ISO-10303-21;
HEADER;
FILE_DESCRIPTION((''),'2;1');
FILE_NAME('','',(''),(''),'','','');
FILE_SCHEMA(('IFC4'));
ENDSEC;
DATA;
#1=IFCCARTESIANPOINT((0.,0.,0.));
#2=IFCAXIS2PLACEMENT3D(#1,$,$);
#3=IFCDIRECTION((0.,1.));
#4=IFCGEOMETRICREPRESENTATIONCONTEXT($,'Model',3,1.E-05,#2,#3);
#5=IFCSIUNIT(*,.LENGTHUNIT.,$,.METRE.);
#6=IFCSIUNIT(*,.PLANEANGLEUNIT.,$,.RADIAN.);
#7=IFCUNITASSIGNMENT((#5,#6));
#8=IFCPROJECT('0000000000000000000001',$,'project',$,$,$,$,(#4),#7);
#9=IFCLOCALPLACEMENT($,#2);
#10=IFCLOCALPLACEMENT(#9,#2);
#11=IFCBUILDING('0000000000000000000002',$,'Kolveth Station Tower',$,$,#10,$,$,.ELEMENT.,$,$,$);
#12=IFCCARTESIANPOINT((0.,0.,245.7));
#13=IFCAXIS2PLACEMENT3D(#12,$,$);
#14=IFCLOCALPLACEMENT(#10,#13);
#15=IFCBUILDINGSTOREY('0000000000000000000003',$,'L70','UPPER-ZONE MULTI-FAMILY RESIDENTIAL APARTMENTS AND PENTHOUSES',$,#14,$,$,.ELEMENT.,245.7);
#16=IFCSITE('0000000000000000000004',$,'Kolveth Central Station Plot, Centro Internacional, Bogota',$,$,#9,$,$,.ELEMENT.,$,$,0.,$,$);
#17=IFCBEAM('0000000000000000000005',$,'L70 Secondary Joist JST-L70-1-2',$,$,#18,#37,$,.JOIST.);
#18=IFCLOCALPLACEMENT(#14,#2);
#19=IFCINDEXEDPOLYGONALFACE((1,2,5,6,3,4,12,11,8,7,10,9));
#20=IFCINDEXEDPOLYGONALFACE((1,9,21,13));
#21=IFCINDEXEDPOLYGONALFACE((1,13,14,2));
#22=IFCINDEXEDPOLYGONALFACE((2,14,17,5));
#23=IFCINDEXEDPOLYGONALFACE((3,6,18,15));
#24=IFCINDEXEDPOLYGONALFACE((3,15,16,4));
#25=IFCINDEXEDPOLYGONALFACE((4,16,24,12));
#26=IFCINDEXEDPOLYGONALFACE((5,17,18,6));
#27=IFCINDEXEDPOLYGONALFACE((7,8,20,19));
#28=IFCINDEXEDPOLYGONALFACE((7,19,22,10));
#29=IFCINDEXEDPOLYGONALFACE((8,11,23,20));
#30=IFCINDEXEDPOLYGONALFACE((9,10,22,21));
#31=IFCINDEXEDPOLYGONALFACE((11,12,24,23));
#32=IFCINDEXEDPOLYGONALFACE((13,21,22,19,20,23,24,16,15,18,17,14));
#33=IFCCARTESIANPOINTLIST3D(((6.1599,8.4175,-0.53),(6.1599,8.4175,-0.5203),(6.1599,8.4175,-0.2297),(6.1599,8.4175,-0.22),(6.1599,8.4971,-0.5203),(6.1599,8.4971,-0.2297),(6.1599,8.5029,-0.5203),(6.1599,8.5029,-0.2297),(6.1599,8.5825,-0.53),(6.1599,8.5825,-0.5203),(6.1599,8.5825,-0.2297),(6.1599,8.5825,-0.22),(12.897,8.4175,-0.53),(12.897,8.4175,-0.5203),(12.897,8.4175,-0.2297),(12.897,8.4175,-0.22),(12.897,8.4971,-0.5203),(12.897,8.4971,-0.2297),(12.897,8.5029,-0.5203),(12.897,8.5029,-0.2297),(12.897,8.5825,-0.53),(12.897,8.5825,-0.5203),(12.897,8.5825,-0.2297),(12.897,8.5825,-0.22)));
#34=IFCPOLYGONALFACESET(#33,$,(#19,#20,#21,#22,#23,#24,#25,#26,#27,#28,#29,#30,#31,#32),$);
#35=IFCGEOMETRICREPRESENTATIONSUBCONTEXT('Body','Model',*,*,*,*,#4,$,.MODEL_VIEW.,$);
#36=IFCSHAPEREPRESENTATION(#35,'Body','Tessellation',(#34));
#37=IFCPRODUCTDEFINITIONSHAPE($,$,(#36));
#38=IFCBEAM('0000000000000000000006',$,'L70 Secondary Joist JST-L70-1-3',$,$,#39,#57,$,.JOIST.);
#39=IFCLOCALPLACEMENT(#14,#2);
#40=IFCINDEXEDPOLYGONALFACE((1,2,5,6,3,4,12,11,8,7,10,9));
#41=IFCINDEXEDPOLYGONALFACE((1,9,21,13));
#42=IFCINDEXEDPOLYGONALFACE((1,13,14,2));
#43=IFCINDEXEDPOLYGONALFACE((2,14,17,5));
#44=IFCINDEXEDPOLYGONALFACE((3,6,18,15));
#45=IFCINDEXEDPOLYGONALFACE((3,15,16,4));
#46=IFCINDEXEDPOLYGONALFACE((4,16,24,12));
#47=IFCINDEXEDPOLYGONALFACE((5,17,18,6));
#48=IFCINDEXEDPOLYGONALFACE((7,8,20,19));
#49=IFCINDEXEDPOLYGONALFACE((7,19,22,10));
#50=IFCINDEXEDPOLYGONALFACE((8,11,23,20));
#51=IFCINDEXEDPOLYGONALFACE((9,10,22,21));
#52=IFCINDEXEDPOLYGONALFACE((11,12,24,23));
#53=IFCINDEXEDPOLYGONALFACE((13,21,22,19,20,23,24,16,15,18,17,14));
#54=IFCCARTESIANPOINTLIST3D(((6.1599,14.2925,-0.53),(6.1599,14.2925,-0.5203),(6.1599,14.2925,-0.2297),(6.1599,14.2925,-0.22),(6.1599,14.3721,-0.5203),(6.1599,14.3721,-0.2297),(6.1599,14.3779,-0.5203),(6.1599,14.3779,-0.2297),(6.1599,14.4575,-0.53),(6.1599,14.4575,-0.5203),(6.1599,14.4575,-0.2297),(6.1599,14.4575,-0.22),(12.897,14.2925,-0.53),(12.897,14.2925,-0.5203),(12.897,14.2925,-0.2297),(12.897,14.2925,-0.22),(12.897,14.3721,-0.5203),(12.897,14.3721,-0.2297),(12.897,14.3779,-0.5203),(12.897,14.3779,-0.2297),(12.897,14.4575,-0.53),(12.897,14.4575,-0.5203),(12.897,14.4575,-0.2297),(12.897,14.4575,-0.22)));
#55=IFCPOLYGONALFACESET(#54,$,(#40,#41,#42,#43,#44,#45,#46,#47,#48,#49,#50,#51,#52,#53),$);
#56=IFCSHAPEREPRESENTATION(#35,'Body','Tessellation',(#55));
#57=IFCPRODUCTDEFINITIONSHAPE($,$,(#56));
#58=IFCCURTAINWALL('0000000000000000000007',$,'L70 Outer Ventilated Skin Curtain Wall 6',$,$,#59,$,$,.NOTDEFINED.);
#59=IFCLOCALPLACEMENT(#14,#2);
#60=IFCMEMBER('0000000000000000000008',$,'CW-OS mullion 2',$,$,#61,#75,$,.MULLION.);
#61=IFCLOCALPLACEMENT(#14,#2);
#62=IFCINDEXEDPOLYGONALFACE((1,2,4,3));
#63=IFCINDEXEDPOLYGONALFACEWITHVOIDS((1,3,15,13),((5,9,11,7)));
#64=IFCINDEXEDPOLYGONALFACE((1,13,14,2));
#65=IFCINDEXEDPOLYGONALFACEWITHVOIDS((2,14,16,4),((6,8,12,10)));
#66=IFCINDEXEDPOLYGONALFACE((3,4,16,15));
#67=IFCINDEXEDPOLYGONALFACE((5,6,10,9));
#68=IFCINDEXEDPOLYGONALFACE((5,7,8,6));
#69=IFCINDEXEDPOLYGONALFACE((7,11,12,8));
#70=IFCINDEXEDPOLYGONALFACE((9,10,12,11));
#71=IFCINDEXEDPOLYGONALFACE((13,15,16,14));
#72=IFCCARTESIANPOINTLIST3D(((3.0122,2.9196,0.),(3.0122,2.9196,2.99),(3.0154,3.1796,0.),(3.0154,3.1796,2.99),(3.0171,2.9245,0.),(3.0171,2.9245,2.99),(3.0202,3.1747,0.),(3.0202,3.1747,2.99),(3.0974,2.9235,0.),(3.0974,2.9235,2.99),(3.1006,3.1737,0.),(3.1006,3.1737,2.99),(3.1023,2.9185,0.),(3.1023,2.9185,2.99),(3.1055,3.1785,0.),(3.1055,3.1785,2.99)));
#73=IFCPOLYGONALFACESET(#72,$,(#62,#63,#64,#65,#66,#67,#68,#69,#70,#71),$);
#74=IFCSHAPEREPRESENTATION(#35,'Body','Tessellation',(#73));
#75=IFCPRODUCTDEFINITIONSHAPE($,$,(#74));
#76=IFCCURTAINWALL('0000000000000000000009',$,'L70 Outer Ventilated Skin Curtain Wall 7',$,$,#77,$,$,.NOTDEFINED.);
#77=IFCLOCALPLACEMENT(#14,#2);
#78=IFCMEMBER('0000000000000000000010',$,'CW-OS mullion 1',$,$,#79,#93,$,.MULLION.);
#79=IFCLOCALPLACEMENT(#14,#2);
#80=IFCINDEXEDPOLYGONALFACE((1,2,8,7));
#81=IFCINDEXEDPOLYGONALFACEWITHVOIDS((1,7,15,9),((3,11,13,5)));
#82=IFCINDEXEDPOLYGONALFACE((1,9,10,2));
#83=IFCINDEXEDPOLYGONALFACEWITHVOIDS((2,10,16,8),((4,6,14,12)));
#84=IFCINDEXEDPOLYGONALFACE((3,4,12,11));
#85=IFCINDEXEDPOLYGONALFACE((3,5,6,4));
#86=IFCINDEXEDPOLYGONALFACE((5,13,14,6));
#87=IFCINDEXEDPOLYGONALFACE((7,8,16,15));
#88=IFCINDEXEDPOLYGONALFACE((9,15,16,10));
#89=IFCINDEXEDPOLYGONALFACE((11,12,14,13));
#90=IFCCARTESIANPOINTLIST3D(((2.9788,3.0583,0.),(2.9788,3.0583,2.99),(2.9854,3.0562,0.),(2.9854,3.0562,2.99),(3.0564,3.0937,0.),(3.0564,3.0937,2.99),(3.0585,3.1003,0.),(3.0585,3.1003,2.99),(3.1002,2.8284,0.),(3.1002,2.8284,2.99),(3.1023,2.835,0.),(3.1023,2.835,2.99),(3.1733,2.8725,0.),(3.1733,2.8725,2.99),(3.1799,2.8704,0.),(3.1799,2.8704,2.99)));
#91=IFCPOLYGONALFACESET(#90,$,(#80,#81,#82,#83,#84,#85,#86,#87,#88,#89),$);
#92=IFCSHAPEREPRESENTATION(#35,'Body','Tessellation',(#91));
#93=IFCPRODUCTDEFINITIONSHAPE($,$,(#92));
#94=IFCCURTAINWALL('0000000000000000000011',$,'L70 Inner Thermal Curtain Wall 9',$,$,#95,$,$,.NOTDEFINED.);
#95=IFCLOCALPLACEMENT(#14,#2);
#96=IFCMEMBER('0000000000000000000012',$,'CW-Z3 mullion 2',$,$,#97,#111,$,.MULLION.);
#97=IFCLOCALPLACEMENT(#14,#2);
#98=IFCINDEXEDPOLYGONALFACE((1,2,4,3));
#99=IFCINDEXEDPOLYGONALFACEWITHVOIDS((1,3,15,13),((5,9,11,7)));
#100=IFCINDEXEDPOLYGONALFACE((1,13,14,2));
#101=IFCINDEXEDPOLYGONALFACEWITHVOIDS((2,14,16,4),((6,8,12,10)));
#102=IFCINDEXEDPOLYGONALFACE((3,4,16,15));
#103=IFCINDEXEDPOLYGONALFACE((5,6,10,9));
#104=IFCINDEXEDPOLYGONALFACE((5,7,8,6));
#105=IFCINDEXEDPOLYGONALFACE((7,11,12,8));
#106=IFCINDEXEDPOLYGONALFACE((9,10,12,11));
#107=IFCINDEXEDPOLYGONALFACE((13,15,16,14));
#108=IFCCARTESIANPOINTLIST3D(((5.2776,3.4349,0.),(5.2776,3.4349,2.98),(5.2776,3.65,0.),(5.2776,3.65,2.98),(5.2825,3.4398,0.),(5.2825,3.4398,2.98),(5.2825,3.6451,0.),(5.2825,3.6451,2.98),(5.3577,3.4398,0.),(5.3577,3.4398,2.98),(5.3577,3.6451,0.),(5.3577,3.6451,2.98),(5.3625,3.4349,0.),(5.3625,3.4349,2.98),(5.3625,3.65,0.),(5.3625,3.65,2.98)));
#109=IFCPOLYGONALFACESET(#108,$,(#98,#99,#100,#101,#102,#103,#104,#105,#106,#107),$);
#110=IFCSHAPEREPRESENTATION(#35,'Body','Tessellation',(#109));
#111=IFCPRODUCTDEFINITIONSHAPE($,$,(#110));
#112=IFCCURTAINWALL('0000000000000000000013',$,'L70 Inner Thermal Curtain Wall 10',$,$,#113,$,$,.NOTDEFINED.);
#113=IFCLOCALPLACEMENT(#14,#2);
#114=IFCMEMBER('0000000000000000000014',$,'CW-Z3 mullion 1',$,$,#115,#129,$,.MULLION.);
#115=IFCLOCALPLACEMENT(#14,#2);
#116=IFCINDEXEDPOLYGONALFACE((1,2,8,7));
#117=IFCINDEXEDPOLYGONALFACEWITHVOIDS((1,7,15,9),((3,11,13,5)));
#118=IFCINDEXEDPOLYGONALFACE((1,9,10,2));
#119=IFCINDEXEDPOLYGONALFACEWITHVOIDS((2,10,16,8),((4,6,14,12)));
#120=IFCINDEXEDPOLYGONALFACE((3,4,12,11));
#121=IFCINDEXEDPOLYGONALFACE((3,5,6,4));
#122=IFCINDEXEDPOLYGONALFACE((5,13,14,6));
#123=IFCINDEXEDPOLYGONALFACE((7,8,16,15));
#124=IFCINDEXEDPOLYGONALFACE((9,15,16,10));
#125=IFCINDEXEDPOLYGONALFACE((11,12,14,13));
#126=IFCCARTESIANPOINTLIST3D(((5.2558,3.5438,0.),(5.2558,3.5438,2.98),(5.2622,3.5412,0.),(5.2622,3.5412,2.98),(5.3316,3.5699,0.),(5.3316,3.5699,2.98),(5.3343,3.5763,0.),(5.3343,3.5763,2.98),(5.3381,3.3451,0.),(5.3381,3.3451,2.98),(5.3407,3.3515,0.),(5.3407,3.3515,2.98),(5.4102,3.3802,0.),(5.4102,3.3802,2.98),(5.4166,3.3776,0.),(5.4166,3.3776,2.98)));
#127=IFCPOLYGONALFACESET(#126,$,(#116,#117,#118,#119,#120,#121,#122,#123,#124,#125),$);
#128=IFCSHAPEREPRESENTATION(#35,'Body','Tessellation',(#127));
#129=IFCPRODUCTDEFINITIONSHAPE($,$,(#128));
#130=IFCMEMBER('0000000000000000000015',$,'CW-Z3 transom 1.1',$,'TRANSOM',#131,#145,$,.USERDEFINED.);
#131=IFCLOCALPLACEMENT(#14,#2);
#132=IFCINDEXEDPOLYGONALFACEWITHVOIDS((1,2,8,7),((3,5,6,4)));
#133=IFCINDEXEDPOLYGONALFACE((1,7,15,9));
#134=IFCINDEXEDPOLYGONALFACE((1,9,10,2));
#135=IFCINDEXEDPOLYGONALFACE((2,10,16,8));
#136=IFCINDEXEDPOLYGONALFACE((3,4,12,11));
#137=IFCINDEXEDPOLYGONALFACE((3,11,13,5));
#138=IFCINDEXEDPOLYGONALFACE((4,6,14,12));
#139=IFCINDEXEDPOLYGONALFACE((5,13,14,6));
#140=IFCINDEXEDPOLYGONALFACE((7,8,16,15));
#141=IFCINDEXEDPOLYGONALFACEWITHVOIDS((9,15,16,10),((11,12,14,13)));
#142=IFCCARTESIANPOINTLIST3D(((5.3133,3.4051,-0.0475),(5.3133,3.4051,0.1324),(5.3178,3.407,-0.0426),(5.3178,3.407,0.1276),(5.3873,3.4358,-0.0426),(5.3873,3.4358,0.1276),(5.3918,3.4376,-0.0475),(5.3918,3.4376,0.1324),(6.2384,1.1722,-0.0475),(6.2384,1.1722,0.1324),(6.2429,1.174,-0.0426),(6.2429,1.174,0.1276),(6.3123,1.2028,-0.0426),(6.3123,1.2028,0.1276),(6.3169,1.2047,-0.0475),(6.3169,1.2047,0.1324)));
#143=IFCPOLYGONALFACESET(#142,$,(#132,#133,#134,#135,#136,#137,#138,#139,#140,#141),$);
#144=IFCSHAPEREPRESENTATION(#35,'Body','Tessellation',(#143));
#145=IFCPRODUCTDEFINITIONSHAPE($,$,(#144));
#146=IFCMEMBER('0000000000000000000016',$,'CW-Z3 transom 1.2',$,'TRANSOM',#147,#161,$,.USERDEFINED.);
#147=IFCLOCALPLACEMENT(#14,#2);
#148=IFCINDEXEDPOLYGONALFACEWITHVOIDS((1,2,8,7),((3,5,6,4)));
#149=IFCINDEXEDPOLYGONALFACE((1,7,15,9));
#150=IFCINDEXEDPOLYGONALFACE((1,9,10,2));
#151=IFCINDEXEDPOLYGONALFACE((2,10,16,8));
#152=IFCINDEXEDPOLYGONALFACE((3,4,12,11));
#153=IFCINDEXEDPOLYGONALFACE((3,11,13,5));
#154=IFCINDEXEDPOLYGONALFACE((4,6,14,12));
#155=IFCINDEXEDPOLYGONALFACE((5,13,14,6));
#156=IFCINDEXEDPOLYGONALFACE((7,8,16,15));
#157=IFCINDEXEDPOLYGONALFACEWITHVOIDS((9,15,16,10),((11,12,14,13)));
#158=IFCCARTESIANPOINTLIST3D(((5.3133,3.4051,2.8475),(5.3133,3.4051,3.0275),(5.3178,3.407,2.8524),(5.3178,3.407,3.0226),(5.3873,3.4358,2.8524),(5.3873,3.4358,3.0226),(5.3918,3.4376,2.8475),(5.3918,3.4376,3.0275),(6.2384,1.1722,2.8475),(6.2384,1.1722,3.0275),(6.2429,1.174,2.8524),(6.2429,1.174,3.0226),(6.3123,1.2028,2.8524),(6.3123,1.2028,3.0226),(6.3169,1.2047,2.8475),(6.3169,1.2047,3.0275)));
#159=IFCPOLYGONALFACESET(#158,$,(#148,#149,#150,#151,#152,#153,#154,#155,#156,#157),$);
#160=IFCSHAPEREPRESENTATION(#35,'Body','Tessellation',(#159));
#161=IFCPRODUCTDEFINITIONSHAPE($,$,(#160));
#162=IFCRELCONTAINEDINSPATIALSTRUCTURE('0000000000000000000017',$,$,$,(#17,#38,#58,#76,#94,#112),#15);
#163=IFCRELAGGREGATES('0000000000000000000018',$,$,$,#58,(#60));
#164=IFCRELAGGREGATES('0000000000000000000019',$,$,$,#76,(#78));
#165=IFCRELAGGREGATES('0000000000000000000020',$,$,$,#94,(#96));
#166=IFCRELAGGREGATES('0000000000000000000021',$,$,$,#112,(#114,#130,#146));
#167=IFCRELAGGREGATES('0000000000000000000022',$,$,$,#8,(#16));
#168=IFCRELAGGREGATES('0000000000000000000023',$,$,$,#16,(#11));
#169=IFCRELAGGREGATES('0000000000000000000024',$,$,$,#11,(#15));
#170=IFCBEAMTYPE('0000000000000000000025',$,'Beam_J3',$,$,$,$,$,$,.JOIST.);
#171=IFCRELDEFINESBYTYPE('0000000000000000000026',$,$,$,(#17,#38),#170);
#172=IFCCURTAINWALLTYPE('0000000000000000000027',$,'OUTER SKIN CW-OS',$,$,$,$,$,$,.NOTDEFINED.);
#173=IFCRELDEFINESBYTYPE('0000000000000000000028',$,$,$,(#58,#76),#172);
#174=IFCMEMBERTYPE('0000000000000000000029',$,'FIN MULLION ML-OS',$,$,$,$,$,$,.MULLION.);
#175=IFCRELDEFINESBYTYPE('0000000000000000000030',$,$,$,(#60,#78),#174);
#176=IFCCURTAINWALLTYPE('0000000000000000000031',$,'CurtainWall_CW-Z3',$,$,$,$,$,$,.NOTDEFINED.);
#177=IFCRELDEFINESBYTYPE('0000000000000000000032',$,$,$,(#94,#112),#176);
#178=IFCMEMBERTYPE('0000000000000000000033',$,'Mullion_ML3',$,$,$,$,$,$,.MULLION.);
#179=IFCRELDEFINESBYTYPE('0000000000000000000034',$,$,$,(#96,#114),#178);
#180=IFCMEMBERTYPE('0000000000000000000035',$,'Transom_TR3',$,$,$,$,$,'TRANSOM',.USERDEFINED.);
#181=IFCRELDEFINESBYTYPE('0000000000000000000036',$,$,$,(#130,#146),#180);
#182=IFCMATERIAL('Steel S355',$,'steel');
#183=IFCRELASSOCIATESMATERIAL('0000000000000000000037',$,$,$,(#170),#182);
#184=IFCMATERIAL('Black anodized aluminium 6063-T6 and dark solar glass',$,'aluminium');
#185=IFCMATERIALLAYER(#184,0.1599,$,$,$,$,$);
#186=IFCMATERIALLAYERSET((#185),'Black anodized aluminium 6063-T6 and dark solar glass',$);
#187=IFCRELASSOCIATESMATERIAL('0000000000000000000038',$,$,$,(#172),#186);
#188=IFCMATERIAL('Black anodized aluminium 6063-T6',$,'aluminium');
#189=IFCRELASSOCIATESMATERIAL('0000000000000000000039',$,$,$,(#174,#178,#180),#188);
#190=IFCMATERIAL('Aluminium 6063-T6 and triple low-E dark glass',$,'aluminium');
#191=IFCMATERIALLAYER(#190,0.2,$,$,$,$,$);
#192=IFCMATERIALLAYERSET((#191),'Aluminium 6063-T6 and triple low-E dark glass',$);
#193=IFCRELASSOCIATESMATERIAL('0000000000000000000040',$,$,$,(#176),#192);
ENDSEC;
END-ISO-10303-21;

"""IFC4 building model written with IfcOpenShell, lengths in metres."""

from ifc_helpers import new_model, si_unit, direction, frame, origin, origin_2d, place, context, subcontext, project, spatial, hollow_rectangle, i_section, extrude, source, transform, mapped, material, layer, layer_set, material_profile, profile_set, type_object, element, aggregate, save


model = new_model("IFC4")

# Units and contexts
model_context = context("Model", 3, precision=1e-05, world=origin(), true_north=direction((0.0, 1.0)))
body_context = subcontext(model_context, "Body", "Model", "MODEL_VIEW")
ifc_project = project(units=[si_unit("LENGTHUNIT", "METRE"), si_unit("PLANEANGLEUNIT", "RADIAN")], contexts=[model_context])

# Site, building, storey
site_placement = place(None, origin())
site = spatial("IfcSite", under=ifc_project, at=site_placement, Name="Kolveth Central Station Plot, Centro Internacional, Bogota", CompositionType="ELEMENT", RefElevation=0.0)
building_placement = place(site_placement, origin())
building = spatial("IfcBuilding", under=site, at=building_placement, Name="Kolveth Station Tower", CompositionType="ELEMENT")
storey_placement = place(building_placement, frame((0.0, 0.0, 245.7)))
storey = spatial("IfcBuildingStorey", under=building, at=storey_placement, Name="L70", Description="UPPER-ZONE MULTI-FAMILY RESIDENTIAL APARTMENTS AND PENTHOUSES", CompositionType="ELEMENT", Elevation=245.7)

# Shared definitions
ifc_material_1 = material(Name="Steel S355", Category="steel")

# Beams
ifc_material_profile_1 = material_profile(ifc_material_1, i_section(OverallWidth=0.165, OverallDepth=0.3101, WebThickness=0.0059, FlangeThickness=0.0098, at=origin_2d()), Name="W310x39")
ifc_profile_set_1 = profile_set([ifc_material_profile_1], Name="Steel S355")
beam_type_1 = type_object("IfcBeamType", Name="Beam_J3", PredefinedType="JOIST", material=ifc_profile_set_1)
shared_shape_1 = source(origin(), body_context, "Body", "SweptSolid", [
    extrude(i_section(OverallWidth=0.165, OverallDepth=0.3101, WebThickness=0.0059, FlangeThickness=0.0098, at=origin_2d()), origin(), (0.0, 0.0, 1.0), 6.7371),
])
for number, where, z_axis, x_axis, name in (
    (1, (6.1599, 8.5, -0.375), (1.0, 0.0, 0.0), (0.0, 1.0, 0.0), "L70 Secondary Joist JST-L70-1-2"),
    (2, (6.1599, 14.375, -0.375), (1.0, 0.0, 0.0), (0.0, 1.0, 0.0), "L70 Secondary Joist JST-L70-1-3"),
):
    element("IfcBeam", number, at=place(storey_placement, frame(where, z_axis=z_axis, x_axis=x_axis)), inside=storey, type_object=beam_type_1, Name=name, PredefinedType="JOIST", context=body_context, shape_type="MappedRepresentation", body=[
        mapped(shared_shape_1, transform((0.0, 0.0, 0.0), x_axis=(1.0, 0.0, 0.0), y_axis=(0.0, 1.0, 0.0), z_axis=(0.0, 0.0, 1.0), scale=1.0)),
    ])

# Curtain walls, members
ifc_material_2 = material(Name="Black anodized aluminium 6063-T6 and dark solar glass", Category="aluminium")
ifc_layer_1 = layer(ifc_material_2, 0.1599)
ifc_layer_set_1 = layer_set([ifc_layer_1], Name="Black anodized aluminium 6063-T6 and dark solar glass")
curtain_wall_type_1 = type_object("IfcCurtainWallType", Name="OUTER SKIN CW-OS", PredefinedType="NOTDEFINED", material=ifc_layer_set_1)
curtain_wall_1_placement = place(storey_placement, origin())
curtain_wall_1 = element("IfcCurtainWall", 3, at=curtain_wall_1_placement, inside=storey, type_object=curtain_wall_type_1, Name="L70 Outer Ventilated Skin Curtain Wall 6", PredefinedType="NOTDEFINED")
ifc_material_3 = material(Name="Black anodized aluminium 6063-T6", Category="aluminium")
ifc_material_profile_2 = material_profile(ifc_material_3, hollow_rectangle(XDim=0.0901, YDim=0.26, WallThickness=0.0049, at=origin_2d()), Name="ALU-90x260x5")
ifc_profile_set_2 = profile_set([ifc_material_profile_2], Name="Black anodized aluminium 6063-T6")
member_type_1 = type_object("IfcMemberType", Name="FIN MULLION ML-OS", PredefinedType="MULLION", material=ifc_profile_set_2)
shared_shape_2 = source(origin(), body_context, "Body", "SweptSolid", [
    extrude(hollow_rectangle(XDim=0.0901, YDim=0.26, WallThickness=0.0049, at=origin_2d()), origin(), (0.0, 0.0, 1.0), 2.99),
])
member_1_placement = place(storey_placement, frame((3.0588, 3.0491, 0.0), z_axis=(0.0, 0.0, 1.0), x_axis=(0.999923, -0.012427, 0.0)))
member_1 = element("IfcMember", 4, at=member_1_placement, type_object=member_type_1, Name="CW-OS mullion 2", PredefinedType="MULLION", context=body_context, shape_type="MappedRepresentation", body=[
    mapped(shared_shape_2, transform((0.0, 0.0, 0.0), x_axis=(1.0, 0.0, 0.0), y_axis=(0.0, 1.0, 0.0), z_axis=(0.0, 0.0, 1.0), scale=1.0)),
])
aggregate(curtain_wall_1, [member_1])
curtain_wall_2_placement = place(storey_placement, origin())
curtain_wall_2 = element("IfcCurtainWall", 5, at=curtain_wall_2_placement, inside=storey, type_object=curtain_wall_type_1, Name="L70 Outer Ventilated Skin Curtain Wall 7", PredefinedType="NOTDEFINED")
member_2_placement = place(storey_placement, frame((3.0793, 2.9644, 0.0), z_axis=(0.0, 0.0, 1.0), x_axis=(0.88424, 0.467032, 0.0)))
member_2 = element("IfcMember", 6, at=member_2_placement, type_object=member_type_1, Name="CW-OS mullion 1", PredefinedType="MULLION", context=body_context, shape_type="MappedRepresentation", body=[
    mapped(shared_shape_2, transform((0.0, 0.0, 0.0), x_axis=(1.0, 0.0, 0.0), y_axis=(0.0, 1.0, 0.0), z_axis=(0.0, 0.0, 1.0), scale=1.0)),
])
aggregate(curtain_wall_2, [member_2])
ifc_material_4 = material(Name="Aluminium 6063-T6 and triple low-E dark glass", Category="aluminium")
ifc_layer_2 = layer(ifc_material_4, 0.2)
ifc_layer_set_2 = layer_set([ifc_layer_2], Name="Aluminium 6063-T6 and triple low-E dark glass")
curtain_wall_type_2 = type_object("IfcCurtainWallType", Name="CurtainWall_CW-Z3", PredefinedType="NOTDEFINED", material=ifc_layer_set_2)
curtain_wall_3_placement = place(storey_placement, origin())
curtain_wall_3 = element("IfcCurtainWall", 7, at=curtain_wall_3_placement, inside=storey, type_object=curtain_wall_type_2, Name="L70 Inner Thermal Curtain Wall 9", PredefinedType="NOTDEFINED")
ifc_material_profile_3 = material_profile(ifc_material_3, hollow_rectangle(XDim=0.085, YDim=0.2151, WallThickness=0.0049, at=origin_2d()), Name="ALU-85x215x5")
ifc_profile_set_3 = profile_set([ifc_material_profile_3], Name="Black anodized aluminium 6063-T6")
member_type_2 = type_object("IfcMemberType", Name="Mullion_ML3", PredefinedType="MULLION", material=ifc_profile_set_3)
shared_shape_3 = source(origin(), body_context, "Body", "SweptSolid", [
    extrude(hollow_rectangle(XDim=0.085, YDim=0.2151, WallThickness=0.0049, at=origin_2d()), origin(), (0.0, 0.0, 1.0), 2.98),
])
member_3_placement = place(storey_placement, frame((5.3201, 3.5425, 0.0), z_axis=(0.0, 0.0, 1.0), x_axis=(1.0, 0.0, 0.0)))
member_3 = element("IfcMember", 8, at=member_3_placement, type_object=member_type_2, Name="CW-Z3 mullion 2", PredefinedType="MULLION", context=body_context, shape_type="MappedRepresentation", body=[
    mapped(shared_shape_3, transform((0.0, 0.0, 0.0), x_axis=(1.0, 0.0, 0.0), y_axis=(0.0, 1.0, 0.0), z_axis=(0.0, 0.0, 1.0), scale=1.0)),
])
aggregate(curtain_wall_3, [member_3])

# Curtain wall, members
curtain_wall_4_placement = place(storey_placement, origin())
curtain_wall_4 = element("IfcCurtainWall", 9, at=curtain_wall_4_placement, inside=storey, type_object=curtain_wall_type_2, Name="L70 Inner Thermal Curtain Wall 10", PredefinedType="NOTDEFINED")
member_4_placement = place(storey_placement, frame((5.3362, 3.4607, 0.0), z_axis=(0.0, 0.0, 1.0), x_axis=(0.923875, 0.382693, 0.0)))
member_4 = element("IfcMember", 10, at=member_4_placement, type_object=member_type_2, Name="CW-Z3 mullion 1", PredefinedType="MULLION", context=body_context, shape_type="MappedRepresentation", body=[
    mapped(shared_shape_3, transform((0.0, 0.0, 0.0), x_axis=(1.0, 0.0, 0.0), y_axis=(0.0, 1.0, 0.0), z_axis=(0.0, 0.0, 1.0), scale=1.0)),
])
ifc_material_profile_4 = material_profile(ifc_material_3, hollow_rectangle(XDim=0.085, YDim=0.1799, WallThickness=0.0049, at=origin_2d()), Name="ALU-85x180x5")
ifc_profile_set_4 = profile_set([ifc_material_profile_4], Name="Black anodized aluminium 6063-T6")
member_type_3 = type_object("IfcMemberType", Name="Transom_TR3", ElementType="TRANSOM", PredefinedType="USERDEFINED", material=ifc_profile_set_4)
shared_shape_4 = source(origin(), body_context, "Body", "SweptSolid", [
    extrude(hollow_rectangle(XDim=0.085, YDim=0.1799, WallThickness=0.0049, at=origin_2d()), origin(), (0.0, 0.0, 1.0), 2.417),
])
member_5_placement = place(storey_placement, frame((5.3525, 3.4214, 0.0425), z_axis=(0.382735, -0.923858, 0.0), x_axis=(0.923858, 0.382735, 0.0)))
member_5 = element("IfcMember", 11, at=member_5_placement, type_object=member_type_3, Name="CW-Z3 transom 1.1", ObjectType="TRANSOM", PredefinedType="USERDEFINED", context=body_context, shape_type="MappedRepresentation", body=[
    mapped(shared_shape_4, transform((0.0, 0.0, 0.0), x_axis=(1.0, 0.0, 0.0), y_axis=(0.0, 1.0, 0.0), z_axis=(0.0, 0.0, 1.0), scale=1.0)),
])
member_6_placement = place(storey_placement, frame((5.3525, 3.4214, 2.9375), z_axis=(0.382735, -0.923858, 0.0), x_axis=(0.923858, 0.382735, 0.0)))
member_6 = element("IfcMember", 12, at=member_6_placement, type_object=member_type_3, Name="CW-Z3 transom 1.2", ObjectType="TRANSOM", PredefinedType="USERDEFINED", context=body_context, shape_type="MappedRepresentation", body=[
    mapped(shared_shape_4, transform((0.0, 0.0, 0.0), x_axis=(1.0, 0.0, 0.0), y_axis=(0.0, 1.0, 0.0), z_axis=(0.0, 0.0, 1.0), scale=1.0)),
])
aggregate(curtain_wall_4, [member_4, member_5, member_6])

save(model, "model.ifc")
